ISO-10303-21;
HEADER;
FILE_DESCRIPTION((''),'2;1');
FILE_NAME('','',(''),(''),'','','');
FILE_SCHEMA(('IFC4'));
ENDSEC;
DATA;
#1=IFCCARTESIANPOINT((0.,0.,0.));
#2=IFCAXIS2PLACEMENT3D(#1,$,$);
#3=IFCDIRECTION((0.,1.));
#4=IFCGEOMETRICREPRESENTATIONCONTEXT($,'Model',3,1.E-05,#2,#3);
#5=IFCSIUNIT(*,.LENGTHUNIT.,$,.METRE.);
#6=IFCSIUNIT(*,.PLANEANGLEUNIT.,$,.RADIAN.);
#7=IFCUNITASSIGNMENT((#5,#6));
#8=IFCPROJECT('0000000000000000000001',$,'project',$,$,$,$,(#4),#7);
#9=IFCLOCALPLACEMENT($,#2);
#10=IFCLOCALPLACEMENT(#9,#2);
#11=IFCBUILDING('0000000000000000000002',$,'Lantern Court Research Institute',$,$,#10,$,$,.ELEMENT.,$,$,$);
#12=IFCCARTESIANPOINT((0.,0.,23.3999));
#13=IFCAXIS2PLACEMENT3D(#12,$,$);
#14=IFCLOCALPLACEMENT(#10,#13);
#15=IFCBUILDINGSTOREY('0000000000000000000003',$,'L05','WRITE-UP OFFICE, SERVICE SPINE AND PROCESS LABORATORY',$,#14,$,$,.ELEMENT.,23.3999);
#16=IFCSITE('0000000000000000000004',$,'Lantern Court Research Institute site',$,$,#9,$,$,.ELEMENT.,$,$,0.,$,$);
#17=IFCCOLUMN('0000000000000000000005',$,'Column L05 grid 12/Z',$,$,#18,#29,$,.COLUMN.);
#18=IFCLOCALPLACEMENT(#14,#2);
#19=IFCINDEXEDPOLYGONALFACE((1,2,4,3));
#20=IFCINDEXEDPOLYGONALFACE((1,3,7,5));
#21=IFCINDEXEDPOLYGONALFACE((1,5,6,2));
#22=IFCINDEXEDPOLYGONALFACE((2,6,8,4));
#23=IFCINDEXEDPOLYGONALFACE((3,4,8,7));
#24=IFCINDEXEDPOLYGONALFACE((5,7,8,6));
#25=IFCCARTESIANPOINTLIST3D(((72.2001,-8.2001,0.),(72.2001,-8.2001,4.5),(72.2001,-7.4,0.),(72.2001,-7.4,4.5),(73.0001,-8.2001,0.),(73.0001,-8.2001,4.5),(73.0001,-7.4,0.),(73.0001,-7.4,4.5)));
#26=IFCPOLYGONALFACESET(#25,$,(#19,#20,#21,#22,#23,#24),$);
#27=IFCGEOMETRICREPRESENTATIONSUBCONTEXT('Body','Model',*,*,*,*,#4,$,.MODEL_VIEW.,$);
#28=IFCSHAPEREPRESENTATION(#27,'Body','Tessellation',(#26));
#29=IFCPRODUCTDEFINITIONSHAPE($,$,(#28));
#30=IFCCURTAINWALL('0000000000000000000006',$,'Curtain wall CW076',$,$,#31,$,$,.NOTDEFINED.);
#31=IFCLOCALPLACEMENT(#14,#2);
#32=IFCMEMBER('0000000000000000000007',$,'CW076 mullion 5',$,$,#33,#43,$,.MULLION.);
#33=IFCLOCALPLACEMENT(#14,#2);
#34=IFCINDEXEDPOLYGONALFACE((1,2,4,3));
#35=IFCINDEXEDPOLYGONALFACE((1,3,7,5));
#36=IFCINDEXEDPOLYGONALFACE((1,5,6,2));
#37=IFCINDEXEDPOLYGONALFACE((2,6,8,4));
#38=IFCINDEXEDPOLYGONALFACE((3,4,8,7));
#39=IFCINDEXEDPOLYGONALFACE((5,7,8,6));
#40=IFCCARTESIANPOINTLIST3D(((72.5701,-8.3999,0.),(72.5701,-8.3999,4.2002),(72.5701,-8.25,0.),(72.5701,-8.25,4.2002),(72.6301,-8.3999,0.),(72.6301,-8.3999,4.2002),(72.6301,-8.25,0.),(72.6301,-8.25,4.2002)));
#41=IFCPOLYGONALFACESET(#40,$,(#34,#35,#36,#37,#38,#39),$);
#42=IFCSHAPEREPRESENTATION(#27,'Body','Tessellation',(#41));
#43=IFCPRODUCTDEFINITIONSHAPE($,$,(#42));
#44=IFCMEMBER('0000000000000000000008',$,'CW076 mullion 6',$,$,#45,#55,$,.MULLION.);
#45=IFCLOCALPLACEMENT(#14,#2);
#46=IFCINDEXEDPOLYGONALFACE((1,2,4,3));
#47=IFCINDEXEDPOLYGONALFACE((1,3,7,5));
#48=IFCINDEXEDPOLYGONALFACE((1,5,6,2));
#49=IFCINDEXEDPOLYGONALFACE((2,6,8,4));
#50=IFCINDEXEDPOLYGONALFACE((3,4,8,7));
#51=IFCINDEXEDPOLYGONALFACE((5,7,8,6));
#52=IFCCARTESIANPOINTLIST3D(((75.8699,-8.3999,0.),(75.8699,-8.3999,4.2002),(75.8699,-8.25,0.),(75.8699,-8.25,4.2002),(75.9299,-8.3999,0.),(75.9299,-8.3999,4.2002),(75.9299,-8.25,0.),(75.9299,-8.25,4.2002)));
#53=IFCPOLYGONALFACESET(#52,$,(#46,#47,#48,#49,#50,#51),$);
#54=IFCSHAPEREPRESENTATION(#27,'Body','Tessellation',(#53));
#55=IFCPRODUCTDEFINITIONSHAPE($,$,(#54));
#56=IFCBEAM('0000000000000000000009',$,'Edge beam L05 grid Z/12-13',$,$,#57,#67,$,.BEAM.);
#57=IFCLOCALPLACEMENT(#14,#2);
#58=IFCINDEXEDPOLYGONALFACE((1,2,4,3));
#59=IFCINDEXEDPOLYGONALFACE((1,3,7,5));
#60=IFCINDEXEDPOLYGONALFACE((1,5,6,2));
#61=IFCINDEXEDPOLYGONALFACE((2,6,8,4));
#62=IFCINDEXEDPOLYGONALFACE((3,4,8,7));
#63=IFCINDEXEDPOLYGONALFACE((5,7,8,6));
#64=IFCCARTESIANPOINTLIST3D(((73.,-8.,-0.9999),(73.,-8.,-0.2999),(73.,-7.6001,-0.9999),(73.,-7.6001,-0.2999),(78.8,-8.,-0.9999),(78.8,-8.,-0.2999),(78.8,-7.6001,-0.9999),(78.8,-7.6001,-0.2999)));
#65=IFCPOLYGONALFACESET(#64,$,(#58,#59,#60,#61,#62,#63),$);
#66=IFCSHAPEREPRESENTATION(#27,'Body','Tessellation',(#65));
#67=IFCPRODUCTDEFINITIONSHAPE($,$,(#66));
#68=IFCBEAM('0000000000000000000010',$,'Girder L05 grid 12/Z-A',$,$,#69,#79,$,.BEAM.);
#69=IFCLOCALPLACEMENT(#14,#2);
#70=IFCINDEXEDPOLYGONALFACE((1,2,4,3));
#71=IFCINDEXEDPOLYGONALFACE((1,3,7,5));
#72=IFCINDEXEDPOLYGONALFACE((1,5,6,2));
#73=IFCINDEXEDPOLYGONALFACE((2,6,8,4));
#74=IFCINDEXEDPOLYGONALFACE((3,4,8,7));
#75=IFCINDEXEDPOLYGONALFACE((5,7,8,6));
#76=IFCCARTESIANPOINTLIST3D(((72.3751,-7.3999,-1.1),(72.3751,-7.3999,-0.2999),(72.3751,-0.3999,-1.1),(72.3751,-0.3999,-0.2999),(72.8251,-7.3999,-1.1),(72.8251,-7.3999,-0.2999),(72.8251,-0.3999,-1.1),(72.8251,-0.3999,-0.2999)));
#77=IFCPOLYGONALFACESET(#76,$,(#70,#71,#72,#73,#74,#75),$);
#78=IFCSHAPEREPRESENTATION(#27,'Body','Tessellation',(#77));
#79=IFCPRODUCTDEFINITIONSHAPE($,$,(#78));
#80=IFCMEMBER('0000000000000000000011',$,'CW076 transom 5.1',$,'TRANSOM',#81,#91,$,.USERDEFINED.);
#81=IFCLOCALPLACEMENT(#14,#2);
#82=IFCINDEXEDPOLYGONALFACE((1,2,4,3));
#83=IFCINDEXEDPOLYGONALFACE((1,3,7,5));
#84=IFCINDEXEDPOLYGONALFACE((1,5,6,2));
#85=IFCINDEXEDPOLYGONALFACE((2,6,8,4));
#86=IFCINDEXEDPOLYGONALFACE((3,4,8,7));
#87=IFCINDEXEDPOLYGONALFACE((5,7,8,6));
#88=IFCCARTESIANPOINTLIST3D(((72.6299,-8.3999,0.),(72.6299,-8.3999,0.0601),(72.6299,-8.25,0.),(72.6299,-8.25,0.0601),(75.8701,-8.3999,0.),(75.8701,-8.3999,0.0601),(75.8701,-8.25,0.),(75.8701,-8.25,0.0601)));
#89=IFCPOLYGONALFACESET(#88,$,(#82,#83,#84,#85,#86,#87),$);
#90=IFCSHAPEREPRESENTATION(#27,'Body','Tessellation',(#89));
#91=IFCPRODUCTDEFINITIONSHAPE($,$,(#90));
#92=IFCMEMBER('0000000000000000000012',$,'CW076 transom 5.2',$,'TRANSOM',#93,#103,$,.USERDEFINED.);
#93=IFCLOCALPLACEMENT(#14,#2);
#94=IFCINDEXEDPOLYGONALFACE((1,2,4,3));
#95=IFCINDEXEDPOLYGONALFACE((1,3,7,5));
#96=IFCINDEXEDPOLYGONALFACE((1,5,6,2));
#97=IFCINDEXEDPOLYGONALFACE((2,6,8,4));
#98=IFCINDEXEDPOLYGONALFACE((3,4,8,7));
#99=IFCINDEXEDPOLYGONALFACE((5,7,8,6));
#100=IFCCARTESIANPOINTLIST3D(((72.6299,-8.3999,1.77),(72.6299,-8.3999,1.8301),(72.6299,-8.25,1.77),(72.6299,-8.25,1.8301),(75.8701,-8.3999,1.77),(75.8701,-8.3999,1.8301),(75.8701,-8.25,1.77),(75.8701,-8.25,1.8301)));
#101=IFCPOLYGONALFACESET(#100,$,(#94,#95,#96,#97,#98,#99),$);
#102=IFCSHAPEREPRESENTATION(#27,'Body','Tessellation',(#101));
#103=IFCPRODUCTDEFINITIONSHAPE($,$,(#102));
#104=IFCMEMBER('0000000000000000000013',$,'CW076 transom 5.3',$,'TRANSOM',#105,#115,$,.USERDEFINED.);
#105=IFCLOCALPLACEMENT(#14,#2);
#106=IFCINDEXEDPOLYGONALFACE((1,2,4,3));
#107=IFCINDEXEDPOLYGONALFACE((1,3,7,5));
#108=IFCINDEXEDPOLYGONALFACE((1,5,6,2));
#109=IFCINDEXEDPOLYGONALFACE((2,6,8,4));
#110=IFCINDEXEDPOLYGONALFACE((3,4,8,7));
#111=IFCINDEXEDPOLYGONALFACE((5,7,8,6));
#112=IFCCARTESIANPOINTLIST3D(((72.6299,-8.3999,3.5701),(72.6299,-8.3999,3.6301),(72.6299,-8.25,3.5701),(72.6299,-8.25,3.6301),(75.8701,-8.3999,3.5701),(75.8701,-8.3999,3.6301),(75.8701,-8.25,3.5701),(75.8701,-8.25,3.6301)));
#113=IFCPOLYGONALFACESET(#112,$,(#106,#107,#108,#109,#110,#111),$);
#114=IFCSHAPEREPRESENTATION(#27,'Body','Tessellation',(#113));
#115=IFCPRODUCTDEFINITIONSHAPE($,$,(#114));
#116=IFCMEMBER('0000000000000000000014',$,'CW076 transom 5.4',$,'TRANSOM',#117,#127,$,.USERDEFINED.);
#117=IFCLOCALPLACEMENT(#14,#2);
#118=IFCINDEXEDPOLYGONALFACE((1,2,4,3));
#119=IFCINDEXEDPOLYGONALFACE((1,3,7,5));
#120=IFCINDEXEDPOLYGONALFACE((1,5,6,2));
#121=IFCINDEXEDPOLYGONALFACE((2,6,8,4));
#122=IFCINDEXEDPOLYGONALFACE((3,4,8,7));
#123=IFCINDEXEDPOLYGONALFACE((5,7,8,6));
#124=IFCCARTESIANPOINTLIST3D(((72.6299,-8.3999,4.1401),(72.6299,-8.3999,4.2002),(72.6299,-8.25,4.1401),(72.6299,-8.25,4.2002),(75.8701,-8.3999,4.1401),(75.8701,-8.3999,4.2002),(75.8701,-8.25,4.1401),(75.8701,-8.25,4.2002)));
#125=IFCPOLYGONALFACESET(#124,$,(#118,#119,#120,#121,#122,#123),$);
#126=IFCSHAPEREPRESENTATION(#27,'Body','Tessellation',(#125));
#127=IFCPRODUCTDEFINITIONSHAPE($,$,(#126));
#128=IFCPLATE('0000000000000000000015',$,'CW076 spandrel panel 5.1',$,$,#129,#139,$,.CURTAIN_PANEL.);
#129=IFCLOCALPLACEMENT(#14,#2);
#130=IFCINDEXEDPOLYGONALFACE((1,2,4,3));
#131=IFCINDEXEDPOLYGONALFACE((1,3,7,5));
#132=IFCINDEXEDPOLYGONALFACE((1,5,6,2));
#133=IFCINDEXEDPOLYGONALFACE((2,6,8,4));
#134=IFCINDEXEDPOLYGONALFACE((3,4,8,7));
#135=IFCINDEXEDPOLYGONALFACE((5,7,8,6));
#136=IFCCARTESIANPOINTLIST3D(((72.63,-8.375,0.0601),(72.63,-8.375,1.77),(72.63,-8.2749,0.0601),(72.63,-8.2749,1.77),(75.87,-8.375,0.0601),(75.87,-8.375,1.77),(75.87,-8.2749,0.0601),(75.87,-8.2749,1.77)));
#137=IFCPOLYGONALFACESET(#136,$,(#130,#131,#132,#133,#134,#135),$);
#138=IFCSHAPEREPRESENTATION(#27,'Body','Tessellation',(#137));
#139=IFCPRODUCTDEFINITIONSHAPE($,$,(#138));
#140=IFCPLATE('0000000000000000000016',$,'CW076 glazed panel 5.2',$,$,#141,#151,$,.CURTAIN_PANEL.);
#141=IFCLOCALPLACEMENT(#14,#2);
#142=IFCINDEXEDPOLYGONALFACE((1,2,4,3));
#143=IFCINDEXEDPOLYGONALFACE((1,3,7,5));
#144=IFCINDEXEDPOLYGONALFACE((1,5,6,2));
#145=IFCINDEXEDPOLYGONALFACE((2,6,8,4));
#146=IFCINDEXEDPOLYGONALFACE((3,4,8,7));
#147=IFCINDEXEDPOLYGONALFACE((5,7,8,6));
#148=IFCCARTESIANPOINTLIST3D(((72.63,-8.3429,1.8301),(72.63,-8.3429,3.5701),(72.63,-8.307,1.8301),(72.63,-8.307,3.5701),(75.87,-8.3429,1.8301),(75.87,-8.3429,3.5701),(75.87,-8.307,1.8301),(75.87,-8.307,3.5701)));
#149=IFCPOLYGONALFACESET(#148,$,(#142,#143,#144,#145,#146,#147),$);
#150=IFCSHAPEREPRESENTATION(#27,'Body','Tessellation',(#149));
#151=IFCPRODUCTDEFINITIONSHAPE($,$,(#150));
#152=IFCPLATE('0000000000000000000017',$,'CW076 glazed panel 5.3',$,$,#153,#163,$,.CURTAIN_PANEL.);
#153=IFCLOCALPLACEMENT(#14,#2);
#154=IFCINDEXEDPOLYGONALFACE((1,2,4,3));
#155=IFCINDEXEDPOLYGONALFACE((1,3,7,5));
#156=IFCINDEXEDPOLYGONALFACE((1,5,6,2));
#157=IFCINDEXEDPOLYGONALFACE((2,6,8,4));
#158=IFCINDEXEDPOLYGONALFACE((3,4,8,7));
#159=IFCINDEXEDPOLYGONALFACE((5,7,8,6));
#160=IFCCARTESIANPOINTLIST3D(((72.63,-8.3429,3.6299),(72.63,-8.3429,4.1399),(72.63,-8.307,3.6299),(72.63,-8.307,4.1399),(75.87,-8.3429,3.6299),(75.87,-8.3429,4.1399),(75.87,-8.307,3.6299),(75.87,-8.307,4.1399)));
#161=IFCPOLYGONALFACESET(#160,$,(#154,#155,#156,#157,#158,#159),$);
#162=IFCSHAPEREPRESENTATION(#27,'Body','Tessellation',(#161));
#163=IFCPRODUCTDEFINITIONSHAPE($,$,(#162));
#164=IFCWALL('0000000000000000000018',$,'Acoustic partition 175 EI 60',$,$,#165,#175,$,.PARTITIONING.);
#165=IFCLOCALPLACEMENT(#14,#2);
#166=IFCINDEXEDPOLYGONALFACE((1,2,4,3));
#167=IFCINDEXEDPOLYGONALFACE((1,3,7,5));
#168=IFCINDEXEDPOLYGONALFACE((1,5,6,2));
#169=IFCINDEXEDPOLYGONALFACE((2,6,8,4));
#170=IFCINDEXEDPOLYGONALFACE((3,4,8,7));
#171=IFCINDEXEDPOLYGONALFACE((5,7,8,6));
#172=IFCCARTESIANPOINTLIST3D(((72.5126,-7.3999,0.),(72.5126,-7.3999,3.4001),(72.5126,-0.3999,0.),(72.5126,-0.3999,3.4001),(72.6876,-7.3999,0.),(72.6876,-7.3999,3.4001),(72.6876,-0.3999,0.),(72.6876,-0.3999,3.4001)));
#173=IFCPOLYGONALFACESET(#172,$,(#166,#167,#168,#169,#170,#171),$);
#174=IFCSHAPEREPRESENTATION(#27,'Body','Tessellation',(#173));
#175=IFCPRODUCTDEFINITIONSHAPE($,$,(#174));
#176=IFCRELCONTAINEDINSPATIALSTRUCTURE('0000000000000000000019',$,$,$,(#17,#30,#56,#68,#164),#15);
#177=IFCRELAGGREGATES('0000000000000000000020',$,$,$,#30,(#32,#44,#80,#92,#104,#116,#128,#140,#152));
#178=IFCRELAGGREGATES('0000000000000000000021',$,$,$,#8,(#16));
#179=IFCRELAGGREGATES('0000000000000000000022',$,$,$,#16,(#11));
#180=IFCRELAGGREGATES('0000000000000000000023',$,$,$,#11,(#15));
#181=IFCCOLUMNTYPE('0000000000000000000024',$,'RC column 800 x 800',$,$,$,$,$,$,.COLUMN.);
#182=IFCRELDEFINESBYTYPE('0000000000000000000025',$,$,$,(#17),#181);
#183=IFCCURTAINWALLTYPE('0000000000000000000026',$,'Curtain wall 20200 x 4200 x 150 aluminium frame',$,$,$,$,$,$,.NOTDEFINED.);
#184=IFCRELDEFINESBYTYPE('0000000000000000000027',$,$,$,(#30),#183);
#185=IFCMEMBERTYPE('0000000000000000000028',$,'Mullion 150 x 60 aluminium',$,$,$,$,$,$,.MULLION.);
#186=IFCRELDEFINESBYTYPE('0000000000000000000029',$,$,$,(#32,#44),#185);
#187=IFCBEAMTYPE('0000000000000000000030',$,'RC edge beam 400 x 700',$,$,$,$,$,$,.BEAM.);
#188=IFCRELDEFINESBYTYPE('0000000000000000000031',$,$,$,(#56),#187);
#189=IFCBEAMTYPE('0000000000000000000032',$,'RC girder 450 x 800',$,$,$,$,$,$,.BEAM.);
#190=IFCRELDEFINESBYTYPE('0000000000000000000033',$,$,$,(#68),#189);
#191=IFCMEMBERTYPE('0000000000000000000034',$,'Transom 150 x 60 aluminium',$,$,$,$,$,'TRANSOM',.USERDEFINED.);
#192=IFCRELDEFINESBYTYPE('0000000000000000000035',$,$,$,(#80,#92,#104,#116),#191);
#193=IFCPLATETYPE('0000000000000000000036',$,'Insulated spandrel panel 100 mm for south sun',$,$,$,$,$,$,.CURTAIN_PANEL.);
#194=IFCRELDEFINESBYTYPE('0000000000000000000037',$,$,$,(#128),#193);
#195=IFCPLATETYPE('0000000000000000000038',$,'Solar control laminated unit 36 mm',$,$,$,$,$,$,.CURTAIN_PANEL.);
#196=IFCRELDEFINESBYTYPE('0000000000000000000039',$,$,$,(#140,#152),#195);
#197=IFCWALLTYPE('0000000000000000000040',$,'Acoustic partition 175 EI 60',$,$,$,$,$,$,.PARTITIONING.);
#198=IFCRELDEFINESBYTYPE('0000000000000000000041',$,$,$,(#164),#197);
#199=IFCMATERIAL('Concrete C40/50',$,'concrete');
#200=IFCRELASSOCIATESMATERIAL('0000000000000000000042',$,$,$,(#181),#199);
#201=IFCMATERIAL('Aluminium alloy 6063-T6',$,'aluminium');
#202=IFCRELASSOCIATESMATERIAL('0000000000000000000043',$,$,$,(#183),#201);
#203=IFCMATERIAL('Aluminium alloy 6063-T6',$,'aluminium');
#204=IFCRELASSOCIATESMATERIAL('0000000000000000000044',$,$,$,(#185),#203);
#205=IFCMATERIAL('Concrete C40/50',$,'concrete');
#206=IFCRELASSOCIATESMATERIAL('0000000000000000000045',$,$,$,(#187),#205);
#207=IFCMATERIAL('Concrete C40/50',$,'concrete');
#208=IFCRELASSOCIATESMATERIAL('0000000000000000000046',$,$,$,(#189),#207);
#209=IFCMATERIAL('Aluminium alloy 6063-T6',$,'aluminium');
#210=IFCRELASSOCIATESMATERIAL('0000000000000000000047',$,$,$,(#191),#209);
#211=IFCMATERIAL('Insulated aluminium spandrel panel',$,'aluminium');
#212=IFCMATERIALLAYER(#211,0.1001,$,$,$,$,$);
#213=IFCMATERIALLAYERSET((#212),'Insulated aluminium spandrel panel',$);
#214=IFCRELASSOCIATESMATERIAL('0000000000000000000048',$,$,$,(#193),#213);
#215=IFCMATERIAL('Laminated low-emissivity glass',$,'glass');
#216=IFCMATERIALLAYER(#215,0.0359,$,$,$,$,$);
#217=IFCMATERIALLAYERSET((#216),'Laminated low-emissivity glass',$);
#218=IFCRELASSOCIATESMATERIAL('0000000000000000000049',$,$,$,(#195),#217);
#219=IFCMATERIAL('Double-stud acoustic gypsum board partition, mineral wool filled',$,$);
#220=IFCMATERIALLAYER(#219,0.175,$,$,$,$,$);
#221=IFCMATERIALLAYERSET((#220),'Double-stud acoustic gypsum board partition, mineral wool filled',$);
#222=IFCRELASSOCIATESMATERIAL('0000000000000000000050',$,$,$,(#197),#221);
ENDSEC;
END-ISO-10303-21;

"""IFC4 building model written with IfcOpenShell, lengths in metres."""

from ifc_helpers import new_model, si_unit, direction, frame, frame_2d, origin, origin_2d, place, context, subcontext, project, spatial, rectangle, extrude, material, layer, layer_set, material_profile, profile_set, type_object, element, aggregate, save


model = new_model("IFC4")

# Units and contexts
model_context = context("Model", 3, precision=1e-05, world=origin(), true_north=direction((0.0, 1.0)))
body_context = subcontext(model_context, "Body", "Model", "MODEL_VIEW")
ifc_project = project(units=[si_unit("LENGTHUNIT", "METRE"), si_unit("PLANEANGLEUNIT", "RADIAN")], contexts=[model_context])

# Site, building, storey
site_placement = place(None, origin())
site = spatial("IfcSite", under=ifc_project, at=site_placement, Name="Lantern Court Research Institute site", CompositionType="ELEMENT", RefElevation=0.0)
building_placement = place(site_placement, origin())
building = spatial("IfcBuilding", under=site, at=building_placement, Name="Lantern Court Research Institute", CompositionType="ELEMENT")
storey_placement = place(building_placement, frame((0.0, 0.0, 23.3999)))
storey = spatial("IfcBuildingStorey", under=building, at=storey_placement, Name="L05", Description="WRITE-UP OFFICE, SERVICE SPINE AND PROCESS LABORATORY", CompositionType="ELEMENT", Elevation=23.3999)

# Column
ifc_material_1 = material(Name="Concrete C40/50", Category="concrete")
ifc_material_profile_1 = material_profile(ifc_material_1, rectangle(XDim=0.8, YDim=0.8, at=origin_2d()), Name="RC column 800 x 800")
ifc_profile_set_1 = profile_set([ifc_material_profile_1], Name="Concrete C40/50")
column_type = type_object("IfcColumnType", Name="RC column 800 x 800", PredefinedType="COLUMN", material=ifc_profile_set_1)
column_placement = place(storey_placement, frame((72.6001, -7.8, 0.0), z_axis=(0.0, 0.0, 1.0), x_axis=(1.0, 0.0, 0.0)))
element("IfcColumn", 1, at=column_placement, inside=storey, type_object=column_type, Name="Column L05 grid 12/Z", PredefinedType="COLUMN", context=body_context, shape_type="SweptSolid", body=[
    extrude(rectangle(XDim=0.8, YDim=0.8, at=origin_2d()), origin(), (0.0, 0.0, 1.0), 4.5),
])

# Curtain wall, members
ifc_material_2 = material(Name="Aluminium alloy 6063-T6", Category="aluminium")
curtain_wall_type = type_object("IfcCurtainWallType", Name="Curtain wall 20200 x 4200 x 150 aluminium frame", PredefinedType="NOTDEFINED", material=ifc_material_2)
curtain_wall_placement = place(storey_placement, origin())
curtain_wall = element("IfcCurtainWall", 2, at=curtain_wall_placement, inside=storey, type_object=curtain_wall_type, Name="Curtain wall CW076", PredefinedType="NOTDEFINED")
ifc_material_3 = material(Name="Aluminium alloy 6063-T6", Category="aluminium")
ifc_material_profile_2 = material_profile(ifc_material_3, rectangle(XDim=0.1499, YDim=0.0601, at=origin_2d()), Name="Mullion 150 x 60")
ifc_profile_set_2 = profile_set([ifc_material_profile_2], Name="Aluminium alloy 6063-T6")
member_type_1 = type_object("IfcMemberType", Name="Mullion 150 x 60 aluminium", PredefinedType="MULLION", material=ifc_profile_set_2)
member_1_placement = place(storey_placement, frame((72.6001, -8.325, 0.0), z_axis=(0.0, 0.0, 1.0), x_axis=(0.0, -1.0, 0.0)))
member_1 = element("IfcMember", 3, at=member_1_placement, type_object=member_type_1, Name="CW076 mullion 5", PredefinedType="MULLION", context=body_context, shape_type="SweptSolid", body=[
    extrude(rectangle(XDim=0.1499, YDim=0.0601, at=origin_2d()), origin(), (0.0, 0.0, 1.0), 4.2002),
])
member_2_placement = place(storey_placement, frame((75.8999, -8.325, 0.0), z_axis=(0.0, 0.0, 1.0), x_axis=(0.0, -1.0, 0.0)))
member_2 = element("IfcMember", 4, at=member_2_placement, type_object=member_type_1, Name="CW076 mullion 6", PredefinedType="MULLION", context=body_context, shape_type="SweptSolid", body=[
    extrude(rectangle(XDim=0.1499, YDim=0.0601, at=origin_2d()), origin(), (0.0, 0.0, 1.0), 4.2002),
])

# Beams
ifc_material_4 = material(Name="Concrete C40/50", Category="concrete")
ifc_material_profile_3 = material_profile(ifc_material_4, rectangle(XDim=0.3999, YDim=0.7, at=origin_2d()), Name="RC beam 400 x 700")
ifc_profile_set_3 = profile_set([ifc_material_profile_3], Name="Concrete C40/50")
beam_type_1 = type_object("IfcBeamType", Name="RC edge beam 400 x 700", PredefinedType="BEAM", material=ifc_profile_set_3)
beam_1_placement = place(storey_placement, frame((73.0, -7.8, -0.6499), z_axis=(1.0, 0.0, 0.0), x_axis=(0.0, 1.0, 0.0)))
element("IfcBeam", 5, at=beam_1_placement, inside=storey, type_object=beam_type_1, Name="Edge beam L05 grid Z/12-13", PredefinedType="BEAM", context=body_context, shape_type="SweptSolid", body=[
    extrude(rectangle(XDim=0.3999, YDim=0.7, at=origin_2d()), origin(), (0.0, 0.0, 1.0), 5.8),
])
ifc_material_5 = material(Name="Concrete C40/50", Category="concrete")
ifc_material_profile_4 = material_profile(ifc_material_5, rectangle(XDim=0.45, YDim=0.8, at=origin_2d()), Name="RC beam 450 x 800")
ifc_profile_set_4 = profile_set([ifc_material_profile_4], Name="Concrete C40/50")
beam_type_2 = type_object("IfcBeamType", Name="RC girder 450 x 800", PredefinedType="BEAM", material=ifc_profile_set_4)
beam_2_placement = place(storey_placement, frame((72.6001, -7.3999, -0.7), z_axis=(0.0, 1.0, 0.0), x_axis=(-1.0, 0.0, 0.0)))
element("IfcBeam", 6, at=beam_2_placement, inside=storey, type_object=beam_type_2, Name="Girder L05 grid 12/Z-A", PredefinedType="BEAM", context=body_context, shape_type="SweptSolid", body=[
    extrude(rectangle(XDim=0.45, YDim=0.8, at=origin_2d()), origin(), (0.0, 0.0, 1.0), 7.0),
])

# Members
ifc_material_6 = material(Name="Aluminium alloy 6063-T6", Category="aluminium")
ifc_material_profile_5 = material_profile(ifc_material_6, rectangle(XDim=0.1499, YDim=0.0601, at=origin_2d()), Name="Transom 150 x 60")
ifc_profile_set_5 = profile_set([ifc_material_profile_5], Name="Aluminium alloy 6063-T6")
member_type_2 = type_object("IfcMemberType", Name="Transom 150 x 60 aluminium", ElementType="TRANSOM", PredefinedType="USERDEFINED", material=ifc_profile_set_5)
member_3_placement = place(storey_placement, frame((75.8701, -8.325, 0.03), z_axis=(-1.0, 0.0, 0.0), x_axis=(0.0, -1.0, 0.0)))
member_3 = element("IfcMember", 7, at=member_3_placement, type_object=member_type_2, Name="CW076 transom 5.1", ObjectType="TRANSOM", PredefinedType="USERDEFINED", context=body_context, shape_type="SweptSolid", body=[
    extrude(rectangle(XDim=0.1499, YDim=0.0601, at=origin_2d()), origin(), (0.0, 0.0, 1.0), 3.2402),
])
member_4_placement = place(storey_placement, frame((75.8701, -8.325, 1.8), z_axis=(-1.0, 0.0, 0.0), x_axis=(0.0, -1.0, 0.0)))
member_4 = element("IfcMember", 8, at=member_4_placement, type_object=member_type_2, Name="CW076 transom 5.2", ObjectType="TRANSOM", PredefinedType="USERDEFINED", context=body_context, shape_type="SweptSolid", body=[
    extrude(rectangle(XDim=0.1499, YDim=0.0601, at=origin_2d()), origin(), (0.0, 0.0, 1.0), 3.2402),
])
member_5_placement = place(storey_placement, frame((75.8701, -8.325, 3.6001), z_axis=(-1.0, 0.0, 0.0), x_axis=(0.0, -1.0, 0.0)))
member_5 = element("IfcMember", 9, at=member_5_placement, type_object=member_type_2, Name="CW076 transom 5.3", ObjectType="TRANSOM", PredefinedType="USERDEFINED", context=body_context, shape_type="SweptSolid", body=[
    extrude(rectangle(XDim=0.1499, YDim=0.0601, at=origin_2d()), origin(), (0.0, 0.0, 1.0), 3.2402),
])
member_6_placement = place(storey_placement, frame((75.8701, -8.325, 4.1702), z_axis=(-1.0, 0.0, 0.0), x_axis=(0.0, -1.0, 0.0)))
member_6 = element("IfcMember", 10, at=member_6_placement, type_object=member_type_2, Name="CW076 transom 5.4", ObjectType="TRANSOM", PredefinedType="USERDEFINED", context=body_context, shape_type="SweptSolid", body=[
    extrude(rectangle(XDim=0.1499, YDim=0.0601, at=origin_2d()), origin(), (0.0, 0.0, 1.0), 3.2402),
])

# Plates
ifc_material_7 = material(Name="Insulated aluminium spandrel panel", Category="aluminium")
ifc_layer_1 = layer(ifc_material_7, 0.1001)
ifc_layer_set_1 = layer_set([ifc_layer_1], Name="Insulated aluminium spandrel panel")
plate_type_1 = type_object("IfcPlateType", Name="Insulated spandrel panel 100 mm for south sun", PredefinedType="CURTAIN_PANEL", material=ifc_layer_set_1)
plate_1_placement = place(storey_placement, frame((74.25, -8.325, 0.0601), z_axis=(0.0, 0.0, 1.0), x_axis=(-1.0, 0.0, 0.0)))
plate_1 = element("IfcPlate", 11, at=plate_1_placement, type_object=plate_type_1, Name="CW076 spandrel panel 5.1", PredefinedType="CURTAIN_PANEL", context=body_context, shape_type="SweptSolid", body=[
    extrude(rectangle(XDim=3.24, YDim=0.1001, at=origin_2d()), origin(), (0.0, 0.0, 1.0), 1.71),
])
ifc_material_8 = material(Name="Laminated low-emissivity glass", Category="glass")
ifc_layer_2 = layer(ifc_material_8, 0.0359)
ifc_layer_set_2 = layer_set([ifc_layer_2], Name="Laminated low-emissivity glass")
plate_type_2 = type_object("IfcPlateType", Name="Solar control laminated unit 36 mm", PredefinedType="CURTAIN_PANEL", material=ifc_layer_set_2)
plate_2_placement = place(storey_placement, frame((74.25, -8.325, 1.8301), z_axis=(0.0, 0.0, 1.0), x_axis=(-1.0, 0.0, 0.0)))
plate_2 = element("IfcPlate", 12, at=plate_2_placement, type_object=plate_type_2, Name="CW076 glazed panel 5.2", PredefinedType="CURTAIN_PANEL", context=body_context, shape_type="SweptSolid", body=[
    extrude(rectangle(XDim=3.24, YDim=0.0359, at=origin_2d()), origin(), (0.0, 0.0, 1.0), 1.74),
])
plate_3_placement = place(storey_placement, frame((74.25, -8.325, 3.6299), z_axis=(0.0, 0.0, 1.0), x_axis=(-1.0, 0.0, 0.0)))
plate_3 = element("IfcPlate", 13, at=plate_3_placement, type_object=plate_type_2, Name="CW076 glazed panel 5.3", PredefinedType="CURTAIN_PANEL", context=body_context, shape_type="SweptSolid", body=[
    extrude(rectangle(XDim=3.24, YDim=0.0359, at=origin_2d()), origin(), (0.0, 0.0, 1.0), 0.51),
])
aggregate(curtain_wall, [member_1, member_2, member_3, member_4, member_5, member_6, plate_1, plate_2, plate_3])

# Wall
ifc_material_9 = material(Name="Double-stud acoustic gypsum board partition, mineral wool filled")
ifc_layer_3 = layer(ifc_material_9, 0.175)
ifc_layer_set_3 = layer_set([ifc_layer_3], Name="Double-stud acoustic gypsum board partition, mineral wool filled")
wall_type_1 = type_object("IfcWallType", Name="Acoustic partition 175 EI 60", PredefinedType="PARTITIONING", material=ifc_layer_set_3)
wall_1_placement = place(storey_placement, frame((72.6001, -7.3999, 0.0), z_axis=(0.0, 0.0, 1.0), x_axis=(0.0, 1.0, 0.0)))
element("IfcWall", 14, at=wall_1_placement, inside=storey, type_object=wall_type_1, Name="Acoustic partition 175 EI 60", PredefinedType="PARTITIONING", context=body_context, shape_type="SweptSolid", body=[
    extrude(rectangle(XDim=7.0, YDim=0.175, at=frame_2d((3.5, 0.0))), origin(), (0.0, 0.0, 1.0), 3.4001),
])

save(model, "model.ifc")
